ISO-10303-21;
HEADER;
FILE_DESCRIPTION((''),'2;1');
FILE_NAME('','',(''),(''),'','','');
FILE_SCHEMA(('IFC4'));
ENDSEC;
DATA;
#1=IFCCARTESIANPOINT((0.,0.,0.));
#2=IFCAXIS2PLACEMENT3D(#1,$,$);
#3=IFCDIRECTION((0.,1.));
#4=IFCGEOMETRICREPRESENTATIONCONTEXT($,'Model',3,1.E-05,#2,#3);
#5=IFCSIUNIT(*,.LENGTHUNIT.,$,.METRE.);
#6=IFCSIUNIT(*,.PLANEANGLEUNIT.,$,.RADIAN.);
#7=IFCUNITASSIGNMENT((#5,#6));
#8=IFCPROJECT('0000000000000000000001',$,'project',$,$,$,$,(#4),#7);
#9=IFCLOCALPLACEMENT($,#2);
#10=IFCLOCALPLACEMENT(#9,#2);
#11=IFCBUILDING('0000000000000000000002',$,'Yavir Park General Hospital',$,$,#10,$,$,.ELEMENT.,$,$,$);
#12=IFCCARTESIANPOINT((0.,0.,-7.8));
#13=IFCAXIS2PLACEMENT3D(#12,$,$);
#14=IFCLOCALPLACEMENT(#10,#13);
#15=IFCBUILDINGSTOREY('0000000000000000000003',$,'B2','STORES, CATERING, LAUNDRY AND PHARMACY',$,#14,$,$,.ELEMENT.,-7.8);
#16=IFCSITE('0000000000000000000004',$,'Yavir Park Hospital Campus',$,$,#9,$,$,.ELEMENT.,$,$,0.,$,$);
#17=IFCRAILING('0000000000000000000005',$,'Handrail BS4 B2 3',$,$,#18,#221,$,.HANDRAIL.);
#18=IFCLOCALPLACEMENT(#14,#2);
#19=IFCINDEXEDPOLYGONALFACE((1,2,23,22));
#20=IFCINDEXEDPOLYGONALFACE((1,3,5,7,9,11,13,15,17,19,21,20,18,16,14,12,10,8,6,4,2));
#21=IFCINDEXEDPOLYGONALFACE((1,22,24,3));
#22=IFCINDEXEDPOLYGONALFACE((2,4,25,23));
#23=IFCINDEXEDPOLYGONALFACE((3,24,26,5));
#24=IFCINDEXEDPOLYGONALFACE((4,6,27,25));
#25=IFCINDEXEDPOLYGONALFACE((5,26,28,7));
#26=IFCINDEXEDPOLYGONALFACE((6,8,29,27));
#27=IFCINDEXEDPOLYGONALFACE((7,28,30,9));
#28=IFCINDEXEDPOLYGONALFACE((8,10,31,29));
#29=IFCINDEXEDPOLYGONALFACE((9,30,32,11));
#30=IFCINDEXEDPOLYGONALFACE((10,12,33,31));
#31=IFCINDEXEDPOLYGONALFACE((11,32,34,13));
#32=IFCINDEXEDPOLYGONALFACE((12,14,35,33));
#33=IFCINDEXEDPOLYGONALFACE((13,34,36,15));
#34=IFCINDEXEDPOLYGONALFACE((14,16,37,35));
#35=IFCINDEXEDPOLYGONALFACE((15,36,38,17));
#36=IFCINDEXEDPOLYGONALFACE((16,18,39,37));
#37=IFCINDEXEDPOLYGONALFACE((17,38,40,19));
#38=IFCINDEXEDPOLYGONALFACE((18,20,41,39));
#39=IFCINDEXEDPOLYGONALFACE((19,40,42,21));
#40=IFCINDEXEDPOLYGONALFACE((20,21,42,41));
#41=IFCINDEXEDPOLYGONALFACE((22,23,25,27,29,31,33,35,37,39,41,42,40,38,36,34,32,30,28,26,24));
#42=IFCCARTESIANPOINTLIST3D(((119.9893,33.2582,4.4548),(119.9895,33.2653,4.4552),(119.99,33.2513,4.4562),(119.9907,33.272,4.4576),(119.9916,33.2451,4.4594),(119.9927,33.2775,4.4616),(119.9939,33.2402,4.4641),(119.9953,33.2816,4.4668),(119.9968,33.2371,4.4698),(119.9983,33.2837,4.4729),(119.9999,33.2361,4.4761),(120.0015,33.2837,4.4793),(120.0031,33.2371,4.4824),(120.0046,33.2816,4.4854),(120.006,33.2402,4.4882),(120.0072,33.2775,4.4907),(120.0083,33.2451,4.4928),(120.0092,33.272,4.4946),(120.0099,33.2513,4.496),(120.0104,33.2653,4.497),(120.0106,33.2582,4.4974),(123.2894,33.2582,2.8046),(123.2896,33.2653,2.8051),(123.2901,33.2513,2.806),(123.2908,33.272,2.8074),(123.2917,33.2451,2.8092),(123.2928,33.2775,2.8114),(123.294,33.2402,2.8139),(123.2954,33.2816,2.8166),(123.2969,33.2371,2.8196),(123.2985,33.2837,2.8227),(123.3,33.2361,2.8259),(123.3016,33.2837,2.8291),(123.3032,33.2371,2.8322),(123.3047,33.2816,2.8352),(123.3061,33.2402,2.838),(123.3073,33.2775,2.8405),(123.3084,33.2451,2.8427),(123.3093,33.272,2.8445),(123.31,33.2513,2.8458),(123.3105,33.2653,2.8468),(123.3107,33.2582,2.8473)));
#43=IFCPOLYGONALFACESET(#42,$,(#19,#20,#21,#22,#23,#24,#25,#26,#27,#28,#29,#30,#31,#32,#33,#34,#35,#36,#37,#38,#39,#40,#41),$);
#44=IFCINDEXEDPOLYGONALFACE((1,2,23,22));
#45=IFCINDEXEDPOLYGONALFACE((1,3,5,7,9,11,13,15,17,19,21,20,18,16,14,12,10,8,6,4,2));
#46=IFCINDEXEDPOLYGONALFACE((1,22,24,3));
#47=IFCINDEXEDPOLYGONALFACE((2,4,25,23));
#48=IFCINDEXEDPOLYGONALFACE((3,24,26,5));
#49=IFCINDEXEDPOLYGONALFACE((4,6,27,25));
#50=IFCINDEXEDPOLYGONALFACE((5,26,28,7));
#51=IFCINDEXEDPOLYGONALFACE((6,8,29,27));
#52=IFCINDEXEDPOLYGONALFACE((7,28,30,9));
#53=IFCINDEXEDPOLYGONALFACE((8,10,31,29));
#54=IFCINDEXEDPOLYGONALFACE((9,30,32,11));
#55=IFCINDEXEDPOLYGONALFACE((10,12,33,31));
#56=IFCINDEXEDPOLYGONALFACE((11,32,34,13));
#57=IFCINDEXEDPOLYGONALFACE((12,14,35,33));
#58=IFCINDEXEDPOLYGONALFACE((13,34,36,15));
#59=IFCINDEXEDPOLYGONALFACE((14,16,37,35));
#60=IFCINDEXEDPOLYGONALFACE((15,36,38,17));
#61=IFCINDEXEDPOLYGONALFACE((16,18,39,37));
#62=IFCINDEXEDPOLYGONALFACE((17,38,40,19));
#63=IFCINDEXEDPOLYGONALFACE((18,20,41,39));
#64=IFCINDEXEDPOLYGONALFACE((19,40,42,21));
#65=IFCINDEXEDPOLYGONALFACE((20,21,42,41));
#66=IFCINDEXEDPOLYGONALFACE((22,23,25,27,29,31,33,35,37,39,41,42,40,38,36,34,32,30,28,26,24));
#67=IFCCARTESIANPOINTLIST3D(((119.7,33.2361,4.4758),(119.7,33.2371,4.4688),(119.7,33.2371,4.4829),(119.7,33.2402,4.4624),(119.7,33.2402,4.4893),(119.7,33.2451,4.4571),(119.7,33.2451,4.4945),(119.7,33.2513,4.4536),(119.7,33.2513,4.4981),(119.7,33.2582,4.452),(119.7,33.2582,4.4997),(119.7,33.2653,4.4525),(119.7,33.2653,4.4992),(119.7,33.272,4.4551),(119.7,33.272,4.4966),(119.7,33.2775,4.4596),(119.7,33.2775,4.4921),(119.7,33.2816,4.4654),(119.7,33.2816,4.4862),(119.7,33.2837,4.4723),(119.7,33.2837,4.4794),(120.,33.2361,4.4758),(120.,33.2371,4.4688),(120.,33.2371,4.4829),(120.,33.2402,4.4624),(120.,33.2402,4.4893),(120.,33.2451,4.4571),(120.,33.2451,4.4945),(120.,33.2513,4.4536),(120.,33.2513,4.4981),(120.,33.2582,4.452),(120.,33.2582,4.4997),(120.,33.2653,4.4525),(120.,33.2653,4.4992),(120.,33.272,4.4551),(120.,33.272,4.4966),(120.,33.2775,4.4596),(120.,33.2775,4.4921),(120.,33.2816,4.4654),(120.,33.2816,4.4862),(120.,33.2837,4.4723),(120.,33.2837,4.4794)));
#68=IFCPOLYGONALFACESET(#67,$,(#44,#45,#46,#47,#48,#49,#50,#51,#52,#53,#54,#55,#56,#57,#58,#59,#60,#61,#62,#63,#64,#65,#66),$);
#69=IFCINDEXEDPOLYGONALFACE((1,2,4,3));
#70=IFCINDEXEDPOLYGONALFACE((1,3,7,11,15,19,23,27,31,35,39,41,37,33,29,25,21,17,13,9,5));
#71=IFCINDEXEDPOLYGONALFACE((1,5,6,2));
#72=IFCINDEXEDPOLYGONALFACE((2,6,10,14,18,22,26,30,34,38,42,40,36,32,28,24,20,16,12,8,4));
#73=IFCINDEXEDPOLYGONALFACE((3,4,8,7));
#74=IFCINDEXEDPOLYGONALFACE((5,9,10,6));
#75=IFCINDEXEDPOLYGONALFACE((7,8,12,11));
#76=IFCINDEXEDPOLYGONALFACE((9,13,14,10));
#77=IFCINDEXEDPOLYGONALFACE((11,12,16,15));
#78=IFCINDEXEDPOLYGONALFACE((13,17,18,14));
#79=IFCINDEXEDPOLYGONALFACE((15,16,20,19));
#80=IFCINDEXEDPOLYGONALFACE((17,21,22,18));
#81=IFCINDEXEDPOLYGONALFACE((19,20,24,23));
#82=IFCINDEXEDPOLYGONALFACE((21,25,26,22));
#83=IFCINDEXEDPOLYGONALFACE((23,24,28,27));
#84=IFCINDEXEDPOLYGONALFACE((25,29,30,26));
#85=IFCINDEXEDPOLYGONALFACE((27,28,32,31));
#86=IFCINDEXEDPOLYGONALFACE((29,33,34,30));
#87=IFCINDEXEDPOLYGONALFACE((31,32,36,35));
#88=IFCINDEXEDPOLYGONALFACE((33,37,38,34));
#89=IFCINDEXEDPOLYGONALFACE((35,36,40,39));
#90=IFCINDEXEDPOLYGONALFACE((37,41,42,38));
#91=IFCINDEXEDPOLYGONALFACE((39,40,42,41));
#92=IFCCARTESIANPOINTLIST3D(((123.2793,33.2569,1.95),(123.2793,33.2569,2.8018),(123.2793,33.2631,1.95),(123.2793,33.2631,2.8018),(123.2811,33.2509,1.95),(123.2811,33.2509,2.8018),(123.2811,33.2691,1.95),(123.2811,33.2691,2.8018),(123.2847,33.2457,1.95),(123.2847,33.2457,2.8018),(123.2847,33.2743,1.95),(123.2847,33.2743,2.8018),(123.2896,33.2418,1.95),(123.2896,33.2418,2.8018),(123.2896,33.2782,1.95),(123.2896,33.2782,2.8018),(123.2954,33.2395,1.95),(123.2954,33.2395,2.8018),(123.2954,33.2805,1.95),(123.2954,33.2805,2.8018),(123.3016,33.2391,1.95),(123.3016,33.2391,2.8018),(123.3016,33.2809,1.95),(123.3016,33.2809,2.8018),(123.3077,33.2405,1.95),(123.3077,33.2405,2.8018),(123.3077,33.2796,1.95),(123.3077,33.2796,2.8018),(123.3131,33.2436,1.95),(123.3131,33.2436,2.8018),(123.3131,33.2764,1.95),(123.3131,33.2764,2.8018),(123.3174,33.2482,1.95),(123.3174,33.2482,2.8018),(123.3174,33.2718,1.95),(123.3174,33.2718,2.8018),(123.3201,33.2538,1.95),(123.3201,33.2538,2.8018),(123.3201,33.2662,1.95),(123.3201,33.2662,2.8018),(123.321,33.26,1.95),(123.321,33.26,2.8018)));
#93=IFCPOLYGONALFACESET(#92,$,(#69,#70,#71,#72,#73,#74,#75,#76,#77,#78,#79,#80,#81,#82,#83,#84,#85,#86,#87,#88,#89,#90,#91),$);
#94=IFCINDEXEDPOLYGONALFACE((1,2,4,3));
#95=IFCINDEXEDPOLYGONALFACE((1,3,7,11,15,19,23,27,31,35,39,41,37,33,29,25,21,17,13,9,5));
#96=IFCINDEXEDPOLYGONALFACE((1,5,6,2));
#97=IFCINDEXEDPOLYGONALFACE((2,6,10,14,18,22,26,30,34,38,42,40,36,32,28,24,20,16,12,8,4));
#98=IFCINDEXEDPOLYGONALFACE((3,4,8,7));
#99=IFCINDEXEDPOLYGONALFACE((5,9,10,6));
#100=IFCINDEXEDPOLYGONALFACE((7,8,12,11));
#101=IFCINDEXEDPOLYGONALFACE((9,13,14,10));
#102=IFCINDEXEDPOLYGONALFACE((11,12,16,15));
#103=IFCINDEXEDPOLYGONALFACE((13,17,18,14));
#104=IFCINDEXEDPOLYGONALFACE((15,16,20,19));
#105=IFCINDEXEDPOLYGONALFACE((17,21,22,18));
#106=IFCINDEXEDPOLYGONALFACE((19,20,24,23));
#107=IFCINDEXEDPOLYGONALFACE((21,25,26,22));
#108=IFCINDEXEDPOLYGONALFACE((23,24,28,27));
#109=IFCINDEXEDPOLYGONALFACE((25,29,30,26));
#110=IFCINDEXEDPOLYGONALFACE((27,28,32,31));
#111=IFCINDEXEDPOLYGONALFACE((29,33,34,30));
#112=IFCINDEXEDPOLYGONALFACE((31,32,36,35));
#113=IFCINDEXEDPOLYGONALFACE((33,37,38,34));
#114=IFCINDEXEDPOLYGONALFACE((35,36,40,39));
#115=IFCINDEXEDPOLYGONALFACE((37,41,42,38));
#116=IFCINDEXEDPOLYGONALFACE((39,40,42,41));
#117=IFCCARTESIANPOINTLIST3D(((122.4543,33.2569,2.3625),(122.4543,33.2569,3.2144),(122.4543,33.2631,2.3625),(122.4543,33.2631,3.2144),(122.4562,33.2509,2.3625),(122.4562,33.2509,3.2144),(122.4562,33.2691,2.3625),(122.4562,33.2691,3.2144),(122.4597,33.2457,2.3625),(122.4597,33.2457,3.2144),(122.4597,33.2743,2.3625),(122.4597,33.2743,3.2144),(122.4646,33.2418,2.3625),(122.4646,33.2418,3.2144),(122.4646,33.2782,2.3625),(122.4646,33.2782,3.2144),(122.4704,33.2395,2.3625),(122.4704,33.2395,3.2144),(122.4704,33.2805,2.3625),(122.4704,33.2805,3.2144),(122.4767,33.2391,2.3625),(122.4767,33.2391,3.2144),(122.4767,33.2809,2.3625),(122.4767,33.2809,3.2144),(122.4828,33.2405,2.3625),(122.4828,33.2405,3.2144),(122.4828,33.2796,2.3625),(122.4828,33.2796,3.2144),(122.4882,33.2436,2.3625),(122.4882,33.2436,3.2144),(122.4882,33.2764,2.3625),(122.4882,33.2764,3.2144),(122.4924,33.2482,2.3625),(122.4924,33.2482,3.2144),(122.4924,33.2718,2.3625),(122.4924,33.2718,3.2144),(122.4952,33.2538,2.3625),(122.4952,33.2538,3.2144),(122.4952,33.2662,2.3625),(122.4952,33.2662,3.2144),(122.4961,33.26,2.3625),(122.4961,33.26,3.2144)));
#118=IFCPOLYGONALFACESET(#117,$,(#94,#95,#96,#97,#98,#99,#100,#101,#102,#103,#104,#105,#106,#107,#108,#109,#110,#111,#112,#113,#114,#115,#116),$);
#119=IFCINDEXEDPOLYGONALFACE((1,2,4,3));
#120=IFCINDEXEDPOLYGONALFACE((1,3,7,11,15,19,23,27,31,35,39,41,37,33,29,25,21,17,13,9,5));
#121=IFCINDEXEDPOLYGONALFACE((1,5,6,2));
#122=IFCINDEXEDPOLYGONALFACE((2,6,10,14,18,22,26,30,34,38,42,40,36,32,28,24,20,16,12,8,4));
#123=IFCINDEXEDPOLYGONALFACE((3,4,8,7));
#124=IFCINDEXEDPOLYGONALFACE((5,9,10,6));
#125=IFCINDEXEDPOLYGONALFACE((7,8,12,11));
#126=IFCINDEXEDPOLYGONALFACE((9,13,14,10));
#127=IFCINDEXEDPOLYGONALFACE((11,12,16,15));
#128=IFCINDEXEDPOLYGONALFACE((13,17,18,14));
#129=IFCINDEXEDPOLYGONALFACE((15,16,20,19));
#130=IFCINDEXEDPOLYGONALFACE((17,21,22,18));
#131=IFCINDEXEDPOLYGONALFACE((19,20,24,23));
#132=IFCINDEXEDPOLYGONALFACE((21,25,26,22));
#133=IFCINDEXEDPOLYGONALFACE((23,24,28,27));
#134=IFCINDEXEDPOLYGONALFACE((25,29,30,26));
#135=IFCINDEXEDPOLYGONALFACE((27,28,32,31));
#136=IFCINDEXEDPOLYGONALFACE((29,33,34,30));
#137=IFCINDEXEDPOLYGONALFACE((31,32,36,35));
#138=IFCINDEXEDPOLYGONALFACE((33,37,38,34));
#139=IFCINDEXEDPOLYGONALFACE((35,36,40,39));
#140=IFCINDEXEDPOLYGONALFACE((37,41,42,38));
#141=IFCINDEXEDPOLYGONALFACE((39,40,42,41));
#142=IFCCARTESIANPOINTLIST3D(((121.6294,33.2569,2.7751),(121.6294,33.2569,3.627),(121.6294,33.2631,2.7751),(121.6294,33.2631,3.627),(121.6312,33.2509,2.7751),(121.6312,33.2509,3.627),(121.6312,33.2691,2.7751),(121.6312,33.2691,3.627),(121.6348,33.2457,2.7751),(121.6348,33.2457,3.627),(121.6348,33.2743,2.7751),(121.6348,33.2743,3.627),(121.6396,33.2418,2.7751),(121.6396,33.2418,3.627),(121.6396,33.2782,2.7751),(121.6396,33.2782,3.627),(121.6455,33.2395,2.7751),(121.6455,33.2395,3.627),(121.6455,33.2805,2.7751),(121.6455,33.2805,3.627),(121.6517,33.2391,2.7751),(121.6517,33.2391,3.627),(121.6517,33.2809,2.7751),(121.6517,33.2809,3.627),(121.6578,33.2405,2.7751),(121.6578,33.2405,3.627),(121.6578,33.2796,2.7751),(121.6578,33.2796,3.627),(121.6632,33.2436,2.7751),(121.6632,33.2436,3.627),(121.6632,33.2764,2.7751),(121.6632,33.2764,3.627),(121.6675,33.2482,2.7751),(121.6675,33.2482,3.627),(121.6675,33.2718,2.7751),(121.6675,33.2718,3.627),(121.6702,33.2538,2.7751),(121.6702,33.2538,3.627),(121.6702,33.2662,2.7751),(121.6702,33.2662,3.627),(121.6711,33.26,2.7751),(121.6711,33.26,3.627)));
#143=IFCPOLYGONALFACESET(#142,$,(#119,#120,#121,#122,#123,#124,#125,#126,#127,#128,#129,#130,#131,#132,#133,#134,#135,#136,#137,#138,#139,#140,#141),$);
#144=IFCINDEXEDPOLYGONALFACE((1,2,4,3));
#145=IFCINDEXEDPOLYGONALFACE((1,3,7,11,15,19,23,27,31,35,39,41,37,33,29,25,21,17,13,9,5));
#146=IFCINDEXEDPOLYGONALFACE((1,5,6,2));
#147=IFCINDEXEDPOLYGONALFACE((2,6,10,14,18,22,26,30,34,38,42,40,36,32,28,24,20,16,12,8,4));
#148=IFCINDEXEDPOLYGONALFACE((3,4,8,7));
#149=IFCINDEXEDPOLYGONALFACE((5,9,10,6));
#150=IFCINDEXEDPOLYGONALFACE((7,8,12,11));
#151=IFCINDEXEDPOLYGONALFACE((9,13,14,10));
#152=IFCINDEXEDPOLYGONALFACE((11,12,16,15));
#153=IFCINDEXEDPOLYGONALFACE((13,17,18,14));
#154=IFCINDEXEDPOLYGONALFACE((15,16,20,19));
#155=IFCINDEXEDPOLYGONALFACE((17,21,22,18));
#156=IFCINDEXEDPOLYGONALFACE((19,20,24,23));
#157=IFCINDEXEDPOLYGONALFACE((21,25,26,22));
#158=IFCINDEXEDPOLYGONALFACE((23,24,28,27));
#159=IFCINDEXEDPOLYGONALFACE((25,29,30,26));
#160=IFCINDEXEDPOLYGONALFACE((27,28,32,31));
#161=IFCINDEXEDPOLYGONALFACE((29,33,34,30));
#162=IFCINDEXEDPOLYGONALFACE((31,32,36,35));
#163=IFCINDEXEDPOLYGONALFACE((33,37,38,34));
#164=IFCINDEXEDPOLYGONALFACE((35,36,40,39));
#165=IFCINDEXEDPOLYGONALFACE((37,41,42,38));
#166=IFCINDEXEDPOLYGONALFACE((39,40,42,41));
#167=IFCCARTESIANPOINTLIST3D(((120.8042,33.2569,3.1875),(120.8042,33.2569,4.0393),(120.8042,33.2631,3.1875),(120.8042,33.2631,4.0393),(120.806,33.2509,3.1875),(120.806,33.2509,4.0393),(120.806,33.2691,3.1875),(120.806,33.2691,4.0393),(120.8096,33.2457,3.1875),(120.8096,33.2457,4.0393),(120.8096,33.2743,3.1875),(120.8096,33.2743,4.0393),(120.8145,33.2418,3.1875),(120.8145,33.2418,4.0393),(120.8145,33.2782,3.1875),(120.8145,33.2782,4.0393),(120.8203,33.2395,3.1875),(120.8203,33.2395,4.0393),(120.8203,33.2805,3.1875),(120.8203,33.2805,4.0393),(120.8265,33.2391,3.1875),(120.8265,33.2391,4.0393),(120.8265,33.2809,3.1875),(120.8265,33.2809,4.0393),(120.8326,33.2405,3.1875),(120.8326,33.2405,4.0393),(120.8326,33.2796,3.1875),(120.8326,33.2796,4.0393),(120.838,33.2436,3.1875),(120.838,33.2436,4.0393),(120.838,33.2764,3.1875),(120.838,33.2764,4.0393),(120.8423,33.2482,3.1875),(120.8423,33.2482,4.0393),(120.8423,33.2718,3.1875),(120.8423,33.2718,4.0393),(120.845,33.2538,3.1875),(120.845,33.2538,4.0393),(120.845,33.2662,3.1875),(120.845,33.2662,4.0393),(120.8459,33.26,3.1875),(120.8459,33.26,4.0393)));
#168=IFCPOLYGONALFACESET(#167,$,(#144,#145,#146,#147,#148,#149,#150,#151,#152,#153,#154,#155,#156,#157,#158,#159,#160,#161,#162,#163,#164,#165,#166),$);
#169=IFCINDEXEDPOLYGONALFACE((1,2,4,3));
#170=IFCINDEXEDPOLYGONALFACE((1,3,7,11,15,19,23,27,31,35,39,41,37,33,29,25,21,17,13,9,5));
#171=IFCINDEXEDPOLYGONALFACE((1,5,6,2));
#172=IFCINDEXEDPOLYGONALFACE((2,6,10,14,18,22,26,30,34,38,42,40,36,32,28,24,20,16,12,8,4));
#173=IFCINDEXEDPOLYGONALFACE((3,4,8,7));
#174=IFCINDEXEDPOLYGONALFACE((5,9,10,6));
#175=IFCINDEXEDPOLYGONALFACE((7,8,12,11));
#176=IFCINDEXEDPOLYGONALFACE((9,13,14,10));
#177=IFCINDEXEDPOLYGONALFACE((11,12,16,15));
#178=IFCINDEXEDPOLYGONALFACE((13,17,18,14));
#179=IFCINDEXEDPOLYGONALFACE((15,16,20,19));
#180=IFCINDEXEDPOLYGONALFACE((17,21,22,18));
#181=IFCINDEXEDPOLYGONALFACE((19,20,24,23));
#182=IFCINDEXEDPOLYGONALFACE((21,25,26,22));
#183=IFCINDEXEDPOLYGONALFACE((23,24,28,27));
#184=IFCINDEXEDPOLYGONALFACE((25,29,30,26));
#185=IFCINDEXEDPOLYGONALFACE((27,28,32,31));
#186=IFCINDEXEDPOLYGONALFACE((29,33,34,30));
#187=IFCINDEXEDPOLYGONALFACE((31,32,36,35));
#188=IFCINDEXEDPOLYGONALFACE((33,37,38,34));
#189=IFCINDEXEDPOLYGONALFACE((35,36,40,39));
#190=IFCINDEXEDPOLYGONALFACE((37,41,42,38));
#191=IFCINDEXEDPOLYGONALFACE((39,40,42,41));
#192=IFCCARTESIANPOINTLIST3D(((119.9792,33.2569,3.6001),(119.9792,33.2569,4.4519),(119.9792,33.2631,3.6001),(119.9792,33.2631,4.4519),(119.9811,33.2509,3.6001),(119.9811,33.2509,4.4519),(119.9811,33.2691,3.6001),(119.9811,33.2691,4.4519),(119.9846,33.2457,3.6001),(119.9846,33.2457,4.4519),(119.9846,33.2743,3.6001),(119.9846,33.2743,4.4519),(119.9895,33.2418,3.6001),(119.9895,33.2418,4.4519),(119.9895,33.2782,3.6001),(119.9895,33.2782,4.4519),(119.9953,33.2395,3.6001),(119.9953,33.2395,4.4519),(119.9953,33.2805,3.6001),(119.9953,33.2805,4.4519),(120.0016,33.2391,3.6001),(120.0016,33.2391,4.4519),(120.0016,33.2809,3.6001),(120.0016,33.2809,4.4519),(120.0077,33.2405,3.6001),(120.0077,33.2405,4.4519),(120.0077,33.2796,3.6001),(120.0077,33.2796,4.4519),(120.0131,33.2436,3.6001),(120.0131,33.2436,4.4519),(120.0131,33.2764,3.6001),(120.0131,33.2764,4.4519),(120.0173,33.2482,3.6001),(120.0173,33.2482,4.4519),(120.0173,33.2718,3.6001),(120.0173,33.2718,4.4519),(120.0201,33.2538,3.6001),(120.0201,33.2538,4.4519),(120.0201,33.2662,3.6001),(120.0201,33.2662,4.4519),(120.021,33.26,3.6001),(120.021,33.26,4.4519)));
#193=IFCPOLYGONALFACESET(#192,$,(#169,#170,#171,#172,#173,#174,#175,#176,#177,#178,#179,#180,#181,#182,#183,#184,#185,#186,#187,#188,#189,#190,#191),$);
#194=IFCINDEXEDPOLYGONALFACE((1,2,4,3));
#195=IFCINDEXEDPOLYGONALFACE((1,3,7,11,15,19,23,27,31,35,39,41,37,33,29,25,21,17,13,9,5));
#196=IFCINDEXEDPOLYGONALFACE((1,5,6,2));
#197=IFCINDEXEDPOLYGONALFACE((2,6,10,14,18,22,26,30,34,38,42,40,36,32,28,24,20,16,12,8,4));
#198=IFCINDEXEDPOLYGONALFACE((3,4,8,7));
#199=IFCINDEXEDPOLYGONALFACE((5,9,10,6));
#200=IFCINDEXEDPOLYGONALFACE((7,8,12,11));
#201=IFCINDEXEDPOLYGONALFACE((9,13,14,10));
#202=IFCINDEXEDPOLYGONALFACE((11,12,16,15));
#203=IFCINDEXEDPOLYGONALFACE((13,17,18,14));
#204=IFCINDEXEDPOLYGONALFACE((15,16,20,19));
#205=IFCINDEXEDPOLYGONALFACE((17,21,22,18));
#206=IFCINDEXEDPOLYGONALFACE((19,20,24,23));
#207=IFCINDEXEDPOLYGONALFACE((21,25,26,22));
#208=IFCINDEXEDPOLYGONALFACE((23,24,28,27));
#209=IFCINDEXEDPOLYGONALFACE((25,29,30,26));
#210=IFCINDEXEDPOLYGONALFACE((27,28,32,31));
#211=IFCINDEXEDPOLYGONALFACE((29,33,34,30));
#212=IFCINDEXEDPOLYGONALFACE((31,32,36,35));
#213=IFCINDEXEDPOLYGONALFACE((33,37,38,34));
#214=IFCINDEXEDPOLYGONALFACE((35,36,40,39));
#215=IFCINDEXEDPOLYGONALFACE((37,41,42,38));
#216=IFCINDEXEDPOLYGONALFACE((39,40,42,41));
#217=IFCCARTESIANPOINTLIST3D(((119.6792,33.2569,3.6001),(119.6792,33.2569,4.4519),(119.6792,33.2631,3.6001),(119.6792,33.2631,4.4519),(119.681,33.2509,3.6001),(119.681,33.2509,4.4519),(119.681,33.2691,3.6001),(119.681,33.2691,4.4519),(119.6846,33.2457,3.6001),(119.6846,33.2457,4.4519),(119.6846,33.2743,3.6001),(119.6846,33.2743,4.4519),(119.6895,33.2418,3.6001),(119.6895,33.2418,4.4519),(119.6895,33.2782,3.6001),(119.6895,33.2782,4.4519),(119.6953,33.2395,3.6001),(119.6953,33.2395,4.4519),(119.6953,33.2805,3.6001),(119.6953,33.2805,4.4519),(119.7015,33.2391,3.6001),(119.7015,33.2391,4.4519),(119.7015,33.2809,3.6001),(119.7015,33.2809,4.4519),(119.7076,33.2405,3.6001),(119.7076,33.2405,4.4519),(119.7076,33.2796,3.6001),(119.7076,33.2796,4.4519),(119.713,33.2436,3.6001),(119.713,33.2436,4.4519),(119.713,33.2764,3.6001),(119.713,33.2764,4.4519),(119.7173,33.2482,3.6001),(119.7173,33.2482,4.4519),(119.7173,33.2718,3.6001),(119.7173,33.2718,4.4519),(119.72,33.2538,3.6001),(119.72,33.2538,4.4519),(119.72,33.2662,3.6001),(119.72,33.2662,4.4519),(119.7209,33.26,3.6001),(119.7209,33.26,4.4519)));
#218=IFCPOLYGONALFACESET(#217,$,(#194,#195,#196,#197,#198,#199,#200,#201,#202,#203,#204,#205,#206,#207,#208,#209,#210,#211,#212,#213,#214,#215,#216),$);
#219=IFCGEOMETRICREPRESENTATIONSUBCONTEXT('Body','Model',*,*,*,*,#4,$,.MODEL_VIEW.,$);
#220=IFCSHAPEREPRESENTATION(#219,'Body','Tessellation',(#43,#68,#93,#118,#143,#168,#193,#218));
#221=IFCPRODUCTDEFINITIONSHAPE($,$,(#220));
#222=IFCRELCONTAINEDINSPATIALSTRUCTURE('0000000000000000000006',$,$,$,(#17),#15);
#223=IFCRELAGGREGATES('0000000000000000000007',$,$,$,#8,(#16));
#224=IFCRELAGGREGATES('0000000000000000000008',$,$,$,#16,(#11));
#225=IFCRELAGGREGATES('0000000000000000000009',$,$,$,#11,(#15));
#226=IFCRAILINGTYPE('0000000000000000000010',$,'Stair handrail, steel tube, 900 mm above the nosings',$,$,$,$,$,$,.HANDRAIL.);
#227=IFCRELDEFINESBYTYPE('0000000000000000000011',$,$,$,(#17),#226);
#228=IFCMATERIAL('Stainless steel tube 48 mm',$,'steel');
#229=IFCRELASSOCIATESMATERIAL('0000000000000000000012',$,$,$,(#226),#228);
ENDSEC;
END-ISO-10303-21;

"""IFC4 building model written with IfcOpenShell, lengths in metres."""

from ifc_helpers import new_model, si_unit, direction, frame, origin, origin_2d, place, context, subcontext, project, spatial, circle, extrude, material, type_object, element, save


model = new_model("IFC4")

# Units and contexts
model_context = context("Model", 3, precision=1e-05, world=origin(), true_north=direction((0.0, 1.0)))
body_context = subcontext(model_context, "Body", "Model", "MODEL_VIEW")
ifc_project = project(units=[si_unit("LENGTHUNIT", "METRE"), si_unit("PLANEANGLEUNIT", "RADIAN")], contexts=[model_context])

# Site, building, storey
site_placement = place(None, origin())
site = spatial("IfcSite", under=ifc_project, at=site_placement, Name="Yavir Park Hospital Campus", CompositionType="ELEMENT", RefElevation=0.0)
building_placement = place(site_placement, origin())
building = spatial("IfcBuilding", under=site, at=building_placement, Name="Yavir Park General Hospital", CompositionType="ELEMENT")
storey_placement = place(building_placement, frame((0.0, 0.0, -7.8)))
storey = spatial("IfcBuildingStorey", under=building, at=storey_placement, Name="B2", Description="STORES, CATERING, LAUNDRY AND PHARMACY", CompositionType="ELEMENT", Elevation=-7.8)

# Railing
ifc_material_1 = material(Name="Stainless steel tube 48 mm", Category="steel")
railing_type_1 = type_object("IfcRailingType", Name="Stair handrail, steel tube, 900 mm above the nosings", PredefinedType="HANDRAIL", material=ifc_material_1)
railing_1_placement = place(storey_placement, frame((123.3, 33.26, 1.95)))
element("IfcRailing", 1, at=railing_1_placement, inside=storey, type_object=railing_type_1, Name="Handrail BS4 B2 3", PredefinedType="HANDRAIL", context=body_context, shape_type="SweptSolid", body=[
    extrude(circle(Radius=0.0239, at=origin_2d()), frame((0.0, 0.0, 0.876), z_axis=(-0.894414, 0.0, 0.44724), x_axis=(0.0, -1.0, 0.0)), (0.0, 0.0, 1.0), 3.6897),
    extrude(circle(Radius=0.0239, at=origin_2d()), frame((-3.3, 0.0, 2.5259), z_axis=(-1.0, 0.0, 0.0), x_axis=(0.0, -1.0, 0.0)), (0.0, 0.0, 1.0), 0.3),
    extrude(circle(Radius=0.021, at=origin_2d()), origin(), (0.0, 0.0, 1.0), 0.8518),
    extrude(circle(Radius=0.021, at=origin_2d()), frame((-0.825, 0.0, 0.4126)), (0.0, 0.0, 1.0), 0.8518),
    extrude(circle(Radius=0.021, at=origin_2d()), frame((-1.6499, 0.0, 0.8252)), (0.0, 0.0, 1.0), 0.8518),
    extrude(circle(Radius=0.021, at=origin_2d()), frame((-2.4751, 0.0, 1.2375)), (0.0, 0.0, 1.0), 0.8518),
    extrude(circle(Radius=0.021, at=origin_2d()), frame((-3.3, 0.0, 1.6501)), (0.0, 0.0, 1.0), 0.8518),
    extrude(circle(Radius=0.021, at=origin_2d()), frame((-3.6001, 0.0, 1.6501)), (0.0, 0.0, 1.0), 0.8518),
])

save(model, "model.ifc")
